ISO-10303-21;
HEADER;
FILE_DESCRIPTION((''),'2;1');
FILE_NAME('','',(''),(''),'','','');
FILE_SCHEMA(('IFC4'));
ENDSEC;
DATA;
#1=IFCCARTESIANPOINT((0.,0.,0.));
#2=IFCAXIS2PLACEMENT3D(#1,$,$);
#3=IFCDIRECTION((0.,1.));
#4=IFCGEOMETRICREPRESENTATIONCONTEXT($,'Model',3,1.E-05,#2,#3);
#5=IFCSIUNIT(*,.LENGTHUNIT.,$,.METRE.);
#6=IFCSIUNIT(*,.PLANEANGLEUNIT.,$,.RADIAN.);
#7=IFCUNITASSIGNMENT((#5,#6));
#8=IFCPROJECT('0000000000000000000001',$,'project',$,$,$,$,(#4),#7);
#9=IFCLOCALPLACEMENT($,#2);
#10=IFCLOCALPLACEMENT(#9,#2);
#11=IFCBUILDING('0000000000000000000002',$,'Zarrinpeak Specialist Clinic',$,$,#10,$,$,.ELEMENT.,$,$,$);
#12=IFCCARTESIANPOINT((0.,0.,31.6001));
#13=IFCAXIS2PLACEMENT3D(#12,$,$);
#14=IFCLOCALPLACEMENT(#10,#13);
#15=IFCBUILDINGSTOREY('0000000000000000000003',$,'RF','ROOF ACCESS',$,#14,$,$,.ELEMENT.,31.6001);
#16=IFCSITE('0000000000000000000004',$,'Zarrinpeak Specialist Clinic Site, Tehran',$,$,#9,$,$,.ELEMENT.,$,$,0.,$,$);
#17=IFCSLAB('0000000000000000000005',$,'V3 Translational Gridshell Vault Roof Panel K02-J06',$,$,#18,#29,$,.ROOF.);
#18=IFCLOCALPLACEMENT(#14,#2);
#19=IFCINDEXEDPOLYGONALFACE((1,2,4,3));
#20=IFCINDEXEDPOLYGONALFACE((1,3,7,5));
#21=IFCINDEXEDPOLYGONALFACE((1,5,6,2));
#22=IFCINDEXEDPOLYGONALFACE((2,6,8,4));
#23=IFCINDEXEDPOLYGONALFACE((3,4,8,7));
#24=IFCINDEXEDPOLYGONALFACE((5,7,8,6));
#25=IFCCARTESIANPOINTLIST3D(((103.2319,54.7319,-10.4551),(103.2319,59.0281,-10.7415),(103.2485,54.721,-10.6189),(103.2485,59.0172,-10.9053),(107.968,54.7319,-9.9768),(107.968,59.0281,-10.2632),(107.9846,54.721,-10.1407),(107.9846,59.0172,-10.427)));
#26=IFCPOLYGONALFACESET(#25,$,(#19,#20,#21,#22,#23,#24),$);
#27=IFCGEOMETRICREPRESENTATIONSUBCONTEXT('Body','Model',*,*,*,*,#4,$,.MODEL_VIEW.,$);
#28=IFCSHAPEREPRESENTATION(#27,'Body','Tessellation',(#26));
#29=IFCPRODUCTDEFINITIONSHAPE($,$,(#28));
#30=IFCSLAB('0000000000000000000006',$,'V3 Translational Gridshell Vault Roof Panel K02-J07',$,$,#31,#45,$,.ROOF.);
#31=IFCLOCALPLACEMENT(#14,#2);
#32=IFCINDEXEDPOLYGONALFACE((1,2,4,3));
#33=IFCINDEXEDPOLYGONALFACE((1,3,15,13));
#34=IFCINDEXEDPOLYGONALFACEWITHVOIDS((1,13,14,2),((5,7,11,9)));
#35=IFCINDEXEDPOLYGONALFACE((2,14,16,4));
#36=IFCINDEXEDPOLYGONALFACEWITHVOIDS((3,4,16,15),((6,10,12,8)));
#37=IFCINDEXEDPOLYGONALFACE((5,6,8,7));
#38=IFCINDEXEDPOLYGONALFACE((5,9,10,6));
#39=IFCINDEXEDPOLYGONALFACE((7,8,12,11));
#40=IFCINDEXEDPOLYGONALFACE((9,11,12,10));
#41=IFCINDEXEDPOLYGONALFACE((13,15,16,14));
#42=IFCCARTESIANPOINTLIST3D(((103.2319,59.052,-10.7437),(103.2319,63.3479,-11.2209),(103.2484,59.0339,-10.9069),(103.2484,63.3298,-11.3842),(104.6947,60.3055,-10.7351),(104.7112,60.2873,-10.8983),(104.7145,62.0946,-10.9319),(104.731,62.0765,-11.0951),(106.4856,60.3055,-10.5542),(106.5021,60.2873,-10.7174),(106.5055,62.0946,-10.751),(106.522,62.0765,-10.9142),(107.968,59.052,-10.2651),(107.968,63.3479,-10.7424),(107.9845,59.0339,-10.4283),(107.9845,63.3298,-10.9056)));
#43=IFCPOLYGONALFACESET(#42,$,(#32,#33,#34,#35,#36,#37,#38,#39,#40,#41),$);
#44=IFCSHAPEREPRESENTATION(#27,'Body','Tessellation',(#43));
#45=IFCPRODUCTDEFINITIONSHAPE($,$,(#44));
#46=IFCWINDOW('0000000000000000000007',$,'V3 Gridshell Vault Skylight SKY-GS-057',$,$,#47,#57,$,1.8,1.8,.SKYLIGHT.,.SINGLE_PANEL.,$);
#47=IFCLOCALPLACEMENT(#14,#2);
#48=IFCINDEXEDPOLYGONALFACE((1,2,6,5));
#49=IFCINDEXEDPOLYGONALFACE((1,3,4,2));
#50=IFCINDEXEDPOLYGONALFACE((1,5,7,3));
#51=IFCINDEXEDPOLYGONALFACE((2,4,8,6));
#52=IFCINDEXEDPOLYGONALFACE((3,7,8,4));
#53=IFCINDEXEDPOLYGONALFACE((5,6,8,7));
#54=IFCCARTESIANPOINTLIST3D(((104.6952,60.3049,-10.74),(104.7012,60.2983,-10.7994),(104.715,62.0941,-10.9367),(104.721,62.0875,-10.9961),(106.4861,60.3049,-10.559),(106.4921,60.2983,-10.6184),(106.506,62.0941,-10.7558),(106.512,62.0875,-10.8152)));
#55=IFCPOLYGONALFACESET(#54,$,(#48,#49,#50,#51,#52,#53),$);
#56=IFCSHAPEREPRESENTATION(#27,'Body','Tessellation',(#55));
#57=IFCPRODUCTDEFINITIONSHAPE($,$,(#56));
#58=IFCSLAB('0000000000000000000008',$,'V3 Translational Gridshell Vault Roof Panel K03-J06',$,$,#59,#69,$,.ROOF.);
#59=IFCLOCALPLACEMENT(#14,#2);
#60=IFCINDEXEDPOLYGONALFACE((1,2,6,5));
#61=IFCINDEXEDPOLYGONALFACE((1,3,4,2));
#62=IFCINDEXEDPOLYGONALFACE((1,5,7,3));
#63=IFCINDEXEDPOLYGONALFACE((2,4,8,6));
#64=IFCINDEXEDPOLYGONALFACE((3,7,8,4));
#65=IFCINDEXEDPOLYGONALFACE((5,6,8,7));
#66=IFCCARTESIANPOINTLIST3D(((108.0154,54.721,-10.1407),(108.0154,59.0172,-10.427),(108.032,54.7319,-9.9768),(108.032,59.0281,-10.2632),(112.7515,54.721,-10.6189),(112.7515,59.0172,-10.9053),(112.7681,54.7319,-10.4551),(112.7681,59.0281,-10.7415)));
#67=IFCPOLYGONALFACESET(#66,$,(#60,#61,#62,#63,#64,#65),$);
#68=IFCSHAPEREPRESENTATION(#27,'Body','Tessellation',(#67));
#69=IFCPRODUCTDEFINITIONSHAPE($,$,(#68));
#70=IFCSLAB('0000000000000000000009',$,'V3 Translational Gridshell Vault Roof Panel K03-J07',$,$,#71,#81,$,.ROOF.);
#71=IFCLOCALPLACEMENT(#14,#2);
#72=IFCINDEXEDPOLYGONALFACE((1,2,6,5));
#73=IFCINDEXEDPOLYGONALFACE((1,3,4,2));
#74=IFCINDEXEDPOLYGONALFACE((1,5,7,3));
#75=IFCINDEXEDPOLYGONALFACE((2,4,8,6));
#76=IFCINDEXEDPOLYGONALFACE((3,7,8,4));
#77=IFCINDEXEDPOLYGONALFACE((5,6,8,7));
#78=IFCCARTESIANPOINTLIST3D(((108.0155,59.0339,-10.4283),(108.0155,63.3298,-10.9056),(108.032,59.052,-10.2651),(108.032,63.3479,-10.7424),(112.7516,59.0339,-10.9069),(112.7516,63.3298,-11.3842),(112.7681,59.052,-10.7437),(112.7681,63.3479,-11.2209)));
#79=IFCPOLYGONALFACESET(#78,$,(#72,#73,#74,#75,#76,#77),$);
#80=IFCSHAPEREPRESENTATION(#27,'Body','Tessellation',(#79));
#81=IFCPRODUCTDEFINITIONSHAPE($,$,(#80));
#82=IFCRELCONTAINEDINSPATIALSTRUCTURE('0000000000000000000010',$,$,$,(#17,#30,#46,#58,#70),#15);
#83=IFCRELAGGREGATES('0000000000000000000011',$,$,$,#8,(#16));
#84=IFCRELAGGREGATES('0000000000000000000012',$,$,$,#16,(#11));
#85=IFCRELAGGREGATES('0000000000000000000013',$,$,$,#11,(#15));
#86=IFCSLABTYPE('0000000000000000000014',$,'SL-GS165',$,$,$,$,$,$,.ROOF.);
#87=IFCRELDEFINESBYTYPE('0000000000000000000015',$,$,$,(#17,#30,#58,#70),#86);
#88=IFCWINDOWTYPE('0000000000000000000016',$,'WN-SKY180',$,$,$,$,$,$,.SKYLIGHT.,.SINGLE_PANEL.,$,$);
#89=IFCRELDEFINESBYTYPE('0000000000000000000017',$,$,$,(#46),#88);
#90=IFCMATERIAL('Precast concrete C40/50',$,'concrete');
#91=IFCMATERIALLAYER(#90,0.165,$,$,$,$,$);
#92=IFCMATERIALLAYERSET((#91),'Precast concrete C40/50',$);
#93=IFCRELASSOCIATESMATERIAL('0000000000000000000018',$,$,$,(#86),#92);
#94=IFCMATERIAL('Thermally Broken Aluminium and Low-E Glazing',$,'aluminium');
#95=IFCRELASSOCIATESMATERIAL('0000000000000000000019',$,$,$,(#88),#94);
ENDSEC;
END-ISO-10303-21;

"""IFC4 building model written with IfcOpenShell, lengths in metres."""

from ifc_helpers import new_model, si_unit, direction, frame, origin, origin_2d, place, context, subcontext, project, spatial, polyline, rectangle, outline, extrude, material, layer, layer_set, type_object, element, fill, save


model = new_model("IFC4")

# Units and contexts
model_context = context("Model", 3, precision=1e-05, world=origin(), true_north=direction((0.0, 1.0)))
body_context = subcontext(model_context, "Body", "Model", "MODEL_VIEW")
ifc_project = project(units=[si_unit("LENGTHUNIT", "METRE"), si_unit("PLANEANGLEUNIT", "RADIAN")], contexts=[model_context])

# Site, building, storey
site_placement = place(None, origin())
site = spatial("IfcSite", under=ifc_project, at=site_placement, Name="Zarrinpeak Specialist Clinic Site, Tehran", CompositionType="ELEMENT", RefElevation=0.0)
building_placement = place(site_placement, origin())
building = spatial("IfcBuilding", under=site, at=building_placement, Name="Zarrinpeak Specialist Clinic", CompositionType="ELEMENT")
storey_placement = place(building_placement, frame((0.0, 0.0, 31.6001)))
storey = spatial("IfcBuildingStorey", under=building, at=storey_placement, Name="RF", Description="ROOF ACCESS", CompositionType="ELEMENT", Elevation=31.6001)

# Slab
ifc_material_1 = material(Name="Precast concrete C40/50", Category="concrete")
ifc_layer_1 = layer(ifc_material_1, 0.165)
ifc_layer_set_1 = layer_set([ifc_layer_1], Name="Precast concrete C40/50")
slab_type = type_object("IfcSlabType", Name="SL-GS165", PredefinedType="ROOF", material=ifc_layer_set_1)
slab_1_placement = place(storey_placement, frame((103.2319, 54.7319, -10.4551), z_axis=(-0.100253, 0.066176, 0.992759), x_axis=(0.99494, 0.0, 0.100474)))
element("IfcSlab", 1, at=slab_1_placement, inside=storey, type_object=slab_type, Name="V3 Translational Gridshell Vault Roof Panel K02-J06", PredefinedType="ROOF", context=body_context, shape_type="SweptSolid", body=[
    extrude(outline(polyline([(0.0, 0.0), (4.7602, 0.0), (4.7314, 4.3056), (-0.0288, 4.3056), (0.0, 0.0)])), origin(), (0.0, 0.0, -1.0), 0.165),
])

# Slab, opening, window
slab_2_placement = place(storey_placement, frame((103.2319, 59.052, -10.7437), z_axis=(-0.099916, 0.109873, 0.988911), x_axis=(0.994935, 0.0, 0.100524)))
slab_2 = element("IfcSlab", 2, at=slab_2_placement, inside=storey, type_object=slab_type, Name="V3 Translational Gridshell Vault Roof Panel K02-J07", PredefinedType="ROOF", context=body_context, shape_type="SweptSolid", body=[
    extrude(outline(polyline([(0.0, 0.0), (4.7602, 0.0), (4.7122, 4.3221), (-0.048, 4.3221), (0.0, 0.0)])), origin(), (0.0, 0.0, -1.0), 0.165),
])
opening_placement = place(slab_2_placement, frame((2.3562, 2.1611, 0.0)))
opening = element("IfcOpeningElement", 3, at=opening_placement, cuts=slab_2, PredefinedType="OPENING", context=body_context, shape_type="SweptSolid", body=[
    extrude(rectangle(XDim=1.8, YDim=1.8, at=origin_2d()), frame((0.0, 0.0, 0.01), z_axis=(0.0, 0.0, 1.0), x_axis=(1.0, 0.0, 0.0)), (0.0, 0.0, -1.0), 0.1851),
])
ifc_material_2 = material(Name="Thermally Broken Aluminium and Low-E Glazing", Category="aluminium")
window_type = type_object("IfcWindowType", Name="WN-SKY180", PartitioningType="SINGLE_PANEL", PredefinedType="SKYLIGHT", material=ifc_material_2)
window_placement = place(opening_placement, frame((0.0, 0.0, -0.0049)))
window = element("IfcWindow", 4, at=window_placement, inside=storey, type_object=window_type, Name="V3 Gridshell Vault Skylight SKY-GS-057", OverallHeight=1.8, OverallWidth=1.8, PartitioningType="SINGLE_PANEL", PredefinedType="SKYLIGHT", context=body_context, shape_type="SweptSolid", body=[
    extrude(rectangle(XDim=1.8, YDim=1.8, at=origin_2d()), origin(), (0.0, 0.0, -1.0), 0.0601),
])
fill(opening, window)

# Slabs
slab_3_placement = place(storey_placement, frame((108.032, 54.7319, -9.9768), z_axis=(0.100253, 0.066176, 0.992759), x_axis=(0.99494, 0.0, -0.100474)))
element("IfcSlab", 5, at=slab_3_placement, inside=storey, type_object=slab_type, Name="V3 Translational Gridshell Vault Roof Panel K03-J06", PredefinedType="ROOF", context=body_context, shape_type="SweptSolid", body=[
    extrude(outline(polyline([(0.0, 0.0), (4.7602, 0.0), (4.7889, 4.3056), (0.0288, 4.3056), (0.0, 0.0)])), origin(), (0.0, 0.0, -1.0), 0.165),
])
slab_4_placement = place(storey_placement, frame((108.032, 59.052, -10.2651), z_axis=(0.099916, 0.109873, 0.988911), x_axis=(0.994935, 0.0, -0.100524)))
element("IfcSlab", 6, at=slab_4_placement, inside=storey, type_object=slab_type, Name="V3 Translational Gridshell Vault Roof Panel K03-J07", PredefinedType="ROOF", context=body_context, shape_type="SweptSolid", body=[
    extrude(outline(polyline([(0.0, 0.0), (4.7602, 0.0), (4.8082, 4.3221), (0.048, 4.3221), (0.0, 0.0)])), origin(), (0.0, 0.0, -1.0), 0.165),
])

save(model, "model.ifc")
